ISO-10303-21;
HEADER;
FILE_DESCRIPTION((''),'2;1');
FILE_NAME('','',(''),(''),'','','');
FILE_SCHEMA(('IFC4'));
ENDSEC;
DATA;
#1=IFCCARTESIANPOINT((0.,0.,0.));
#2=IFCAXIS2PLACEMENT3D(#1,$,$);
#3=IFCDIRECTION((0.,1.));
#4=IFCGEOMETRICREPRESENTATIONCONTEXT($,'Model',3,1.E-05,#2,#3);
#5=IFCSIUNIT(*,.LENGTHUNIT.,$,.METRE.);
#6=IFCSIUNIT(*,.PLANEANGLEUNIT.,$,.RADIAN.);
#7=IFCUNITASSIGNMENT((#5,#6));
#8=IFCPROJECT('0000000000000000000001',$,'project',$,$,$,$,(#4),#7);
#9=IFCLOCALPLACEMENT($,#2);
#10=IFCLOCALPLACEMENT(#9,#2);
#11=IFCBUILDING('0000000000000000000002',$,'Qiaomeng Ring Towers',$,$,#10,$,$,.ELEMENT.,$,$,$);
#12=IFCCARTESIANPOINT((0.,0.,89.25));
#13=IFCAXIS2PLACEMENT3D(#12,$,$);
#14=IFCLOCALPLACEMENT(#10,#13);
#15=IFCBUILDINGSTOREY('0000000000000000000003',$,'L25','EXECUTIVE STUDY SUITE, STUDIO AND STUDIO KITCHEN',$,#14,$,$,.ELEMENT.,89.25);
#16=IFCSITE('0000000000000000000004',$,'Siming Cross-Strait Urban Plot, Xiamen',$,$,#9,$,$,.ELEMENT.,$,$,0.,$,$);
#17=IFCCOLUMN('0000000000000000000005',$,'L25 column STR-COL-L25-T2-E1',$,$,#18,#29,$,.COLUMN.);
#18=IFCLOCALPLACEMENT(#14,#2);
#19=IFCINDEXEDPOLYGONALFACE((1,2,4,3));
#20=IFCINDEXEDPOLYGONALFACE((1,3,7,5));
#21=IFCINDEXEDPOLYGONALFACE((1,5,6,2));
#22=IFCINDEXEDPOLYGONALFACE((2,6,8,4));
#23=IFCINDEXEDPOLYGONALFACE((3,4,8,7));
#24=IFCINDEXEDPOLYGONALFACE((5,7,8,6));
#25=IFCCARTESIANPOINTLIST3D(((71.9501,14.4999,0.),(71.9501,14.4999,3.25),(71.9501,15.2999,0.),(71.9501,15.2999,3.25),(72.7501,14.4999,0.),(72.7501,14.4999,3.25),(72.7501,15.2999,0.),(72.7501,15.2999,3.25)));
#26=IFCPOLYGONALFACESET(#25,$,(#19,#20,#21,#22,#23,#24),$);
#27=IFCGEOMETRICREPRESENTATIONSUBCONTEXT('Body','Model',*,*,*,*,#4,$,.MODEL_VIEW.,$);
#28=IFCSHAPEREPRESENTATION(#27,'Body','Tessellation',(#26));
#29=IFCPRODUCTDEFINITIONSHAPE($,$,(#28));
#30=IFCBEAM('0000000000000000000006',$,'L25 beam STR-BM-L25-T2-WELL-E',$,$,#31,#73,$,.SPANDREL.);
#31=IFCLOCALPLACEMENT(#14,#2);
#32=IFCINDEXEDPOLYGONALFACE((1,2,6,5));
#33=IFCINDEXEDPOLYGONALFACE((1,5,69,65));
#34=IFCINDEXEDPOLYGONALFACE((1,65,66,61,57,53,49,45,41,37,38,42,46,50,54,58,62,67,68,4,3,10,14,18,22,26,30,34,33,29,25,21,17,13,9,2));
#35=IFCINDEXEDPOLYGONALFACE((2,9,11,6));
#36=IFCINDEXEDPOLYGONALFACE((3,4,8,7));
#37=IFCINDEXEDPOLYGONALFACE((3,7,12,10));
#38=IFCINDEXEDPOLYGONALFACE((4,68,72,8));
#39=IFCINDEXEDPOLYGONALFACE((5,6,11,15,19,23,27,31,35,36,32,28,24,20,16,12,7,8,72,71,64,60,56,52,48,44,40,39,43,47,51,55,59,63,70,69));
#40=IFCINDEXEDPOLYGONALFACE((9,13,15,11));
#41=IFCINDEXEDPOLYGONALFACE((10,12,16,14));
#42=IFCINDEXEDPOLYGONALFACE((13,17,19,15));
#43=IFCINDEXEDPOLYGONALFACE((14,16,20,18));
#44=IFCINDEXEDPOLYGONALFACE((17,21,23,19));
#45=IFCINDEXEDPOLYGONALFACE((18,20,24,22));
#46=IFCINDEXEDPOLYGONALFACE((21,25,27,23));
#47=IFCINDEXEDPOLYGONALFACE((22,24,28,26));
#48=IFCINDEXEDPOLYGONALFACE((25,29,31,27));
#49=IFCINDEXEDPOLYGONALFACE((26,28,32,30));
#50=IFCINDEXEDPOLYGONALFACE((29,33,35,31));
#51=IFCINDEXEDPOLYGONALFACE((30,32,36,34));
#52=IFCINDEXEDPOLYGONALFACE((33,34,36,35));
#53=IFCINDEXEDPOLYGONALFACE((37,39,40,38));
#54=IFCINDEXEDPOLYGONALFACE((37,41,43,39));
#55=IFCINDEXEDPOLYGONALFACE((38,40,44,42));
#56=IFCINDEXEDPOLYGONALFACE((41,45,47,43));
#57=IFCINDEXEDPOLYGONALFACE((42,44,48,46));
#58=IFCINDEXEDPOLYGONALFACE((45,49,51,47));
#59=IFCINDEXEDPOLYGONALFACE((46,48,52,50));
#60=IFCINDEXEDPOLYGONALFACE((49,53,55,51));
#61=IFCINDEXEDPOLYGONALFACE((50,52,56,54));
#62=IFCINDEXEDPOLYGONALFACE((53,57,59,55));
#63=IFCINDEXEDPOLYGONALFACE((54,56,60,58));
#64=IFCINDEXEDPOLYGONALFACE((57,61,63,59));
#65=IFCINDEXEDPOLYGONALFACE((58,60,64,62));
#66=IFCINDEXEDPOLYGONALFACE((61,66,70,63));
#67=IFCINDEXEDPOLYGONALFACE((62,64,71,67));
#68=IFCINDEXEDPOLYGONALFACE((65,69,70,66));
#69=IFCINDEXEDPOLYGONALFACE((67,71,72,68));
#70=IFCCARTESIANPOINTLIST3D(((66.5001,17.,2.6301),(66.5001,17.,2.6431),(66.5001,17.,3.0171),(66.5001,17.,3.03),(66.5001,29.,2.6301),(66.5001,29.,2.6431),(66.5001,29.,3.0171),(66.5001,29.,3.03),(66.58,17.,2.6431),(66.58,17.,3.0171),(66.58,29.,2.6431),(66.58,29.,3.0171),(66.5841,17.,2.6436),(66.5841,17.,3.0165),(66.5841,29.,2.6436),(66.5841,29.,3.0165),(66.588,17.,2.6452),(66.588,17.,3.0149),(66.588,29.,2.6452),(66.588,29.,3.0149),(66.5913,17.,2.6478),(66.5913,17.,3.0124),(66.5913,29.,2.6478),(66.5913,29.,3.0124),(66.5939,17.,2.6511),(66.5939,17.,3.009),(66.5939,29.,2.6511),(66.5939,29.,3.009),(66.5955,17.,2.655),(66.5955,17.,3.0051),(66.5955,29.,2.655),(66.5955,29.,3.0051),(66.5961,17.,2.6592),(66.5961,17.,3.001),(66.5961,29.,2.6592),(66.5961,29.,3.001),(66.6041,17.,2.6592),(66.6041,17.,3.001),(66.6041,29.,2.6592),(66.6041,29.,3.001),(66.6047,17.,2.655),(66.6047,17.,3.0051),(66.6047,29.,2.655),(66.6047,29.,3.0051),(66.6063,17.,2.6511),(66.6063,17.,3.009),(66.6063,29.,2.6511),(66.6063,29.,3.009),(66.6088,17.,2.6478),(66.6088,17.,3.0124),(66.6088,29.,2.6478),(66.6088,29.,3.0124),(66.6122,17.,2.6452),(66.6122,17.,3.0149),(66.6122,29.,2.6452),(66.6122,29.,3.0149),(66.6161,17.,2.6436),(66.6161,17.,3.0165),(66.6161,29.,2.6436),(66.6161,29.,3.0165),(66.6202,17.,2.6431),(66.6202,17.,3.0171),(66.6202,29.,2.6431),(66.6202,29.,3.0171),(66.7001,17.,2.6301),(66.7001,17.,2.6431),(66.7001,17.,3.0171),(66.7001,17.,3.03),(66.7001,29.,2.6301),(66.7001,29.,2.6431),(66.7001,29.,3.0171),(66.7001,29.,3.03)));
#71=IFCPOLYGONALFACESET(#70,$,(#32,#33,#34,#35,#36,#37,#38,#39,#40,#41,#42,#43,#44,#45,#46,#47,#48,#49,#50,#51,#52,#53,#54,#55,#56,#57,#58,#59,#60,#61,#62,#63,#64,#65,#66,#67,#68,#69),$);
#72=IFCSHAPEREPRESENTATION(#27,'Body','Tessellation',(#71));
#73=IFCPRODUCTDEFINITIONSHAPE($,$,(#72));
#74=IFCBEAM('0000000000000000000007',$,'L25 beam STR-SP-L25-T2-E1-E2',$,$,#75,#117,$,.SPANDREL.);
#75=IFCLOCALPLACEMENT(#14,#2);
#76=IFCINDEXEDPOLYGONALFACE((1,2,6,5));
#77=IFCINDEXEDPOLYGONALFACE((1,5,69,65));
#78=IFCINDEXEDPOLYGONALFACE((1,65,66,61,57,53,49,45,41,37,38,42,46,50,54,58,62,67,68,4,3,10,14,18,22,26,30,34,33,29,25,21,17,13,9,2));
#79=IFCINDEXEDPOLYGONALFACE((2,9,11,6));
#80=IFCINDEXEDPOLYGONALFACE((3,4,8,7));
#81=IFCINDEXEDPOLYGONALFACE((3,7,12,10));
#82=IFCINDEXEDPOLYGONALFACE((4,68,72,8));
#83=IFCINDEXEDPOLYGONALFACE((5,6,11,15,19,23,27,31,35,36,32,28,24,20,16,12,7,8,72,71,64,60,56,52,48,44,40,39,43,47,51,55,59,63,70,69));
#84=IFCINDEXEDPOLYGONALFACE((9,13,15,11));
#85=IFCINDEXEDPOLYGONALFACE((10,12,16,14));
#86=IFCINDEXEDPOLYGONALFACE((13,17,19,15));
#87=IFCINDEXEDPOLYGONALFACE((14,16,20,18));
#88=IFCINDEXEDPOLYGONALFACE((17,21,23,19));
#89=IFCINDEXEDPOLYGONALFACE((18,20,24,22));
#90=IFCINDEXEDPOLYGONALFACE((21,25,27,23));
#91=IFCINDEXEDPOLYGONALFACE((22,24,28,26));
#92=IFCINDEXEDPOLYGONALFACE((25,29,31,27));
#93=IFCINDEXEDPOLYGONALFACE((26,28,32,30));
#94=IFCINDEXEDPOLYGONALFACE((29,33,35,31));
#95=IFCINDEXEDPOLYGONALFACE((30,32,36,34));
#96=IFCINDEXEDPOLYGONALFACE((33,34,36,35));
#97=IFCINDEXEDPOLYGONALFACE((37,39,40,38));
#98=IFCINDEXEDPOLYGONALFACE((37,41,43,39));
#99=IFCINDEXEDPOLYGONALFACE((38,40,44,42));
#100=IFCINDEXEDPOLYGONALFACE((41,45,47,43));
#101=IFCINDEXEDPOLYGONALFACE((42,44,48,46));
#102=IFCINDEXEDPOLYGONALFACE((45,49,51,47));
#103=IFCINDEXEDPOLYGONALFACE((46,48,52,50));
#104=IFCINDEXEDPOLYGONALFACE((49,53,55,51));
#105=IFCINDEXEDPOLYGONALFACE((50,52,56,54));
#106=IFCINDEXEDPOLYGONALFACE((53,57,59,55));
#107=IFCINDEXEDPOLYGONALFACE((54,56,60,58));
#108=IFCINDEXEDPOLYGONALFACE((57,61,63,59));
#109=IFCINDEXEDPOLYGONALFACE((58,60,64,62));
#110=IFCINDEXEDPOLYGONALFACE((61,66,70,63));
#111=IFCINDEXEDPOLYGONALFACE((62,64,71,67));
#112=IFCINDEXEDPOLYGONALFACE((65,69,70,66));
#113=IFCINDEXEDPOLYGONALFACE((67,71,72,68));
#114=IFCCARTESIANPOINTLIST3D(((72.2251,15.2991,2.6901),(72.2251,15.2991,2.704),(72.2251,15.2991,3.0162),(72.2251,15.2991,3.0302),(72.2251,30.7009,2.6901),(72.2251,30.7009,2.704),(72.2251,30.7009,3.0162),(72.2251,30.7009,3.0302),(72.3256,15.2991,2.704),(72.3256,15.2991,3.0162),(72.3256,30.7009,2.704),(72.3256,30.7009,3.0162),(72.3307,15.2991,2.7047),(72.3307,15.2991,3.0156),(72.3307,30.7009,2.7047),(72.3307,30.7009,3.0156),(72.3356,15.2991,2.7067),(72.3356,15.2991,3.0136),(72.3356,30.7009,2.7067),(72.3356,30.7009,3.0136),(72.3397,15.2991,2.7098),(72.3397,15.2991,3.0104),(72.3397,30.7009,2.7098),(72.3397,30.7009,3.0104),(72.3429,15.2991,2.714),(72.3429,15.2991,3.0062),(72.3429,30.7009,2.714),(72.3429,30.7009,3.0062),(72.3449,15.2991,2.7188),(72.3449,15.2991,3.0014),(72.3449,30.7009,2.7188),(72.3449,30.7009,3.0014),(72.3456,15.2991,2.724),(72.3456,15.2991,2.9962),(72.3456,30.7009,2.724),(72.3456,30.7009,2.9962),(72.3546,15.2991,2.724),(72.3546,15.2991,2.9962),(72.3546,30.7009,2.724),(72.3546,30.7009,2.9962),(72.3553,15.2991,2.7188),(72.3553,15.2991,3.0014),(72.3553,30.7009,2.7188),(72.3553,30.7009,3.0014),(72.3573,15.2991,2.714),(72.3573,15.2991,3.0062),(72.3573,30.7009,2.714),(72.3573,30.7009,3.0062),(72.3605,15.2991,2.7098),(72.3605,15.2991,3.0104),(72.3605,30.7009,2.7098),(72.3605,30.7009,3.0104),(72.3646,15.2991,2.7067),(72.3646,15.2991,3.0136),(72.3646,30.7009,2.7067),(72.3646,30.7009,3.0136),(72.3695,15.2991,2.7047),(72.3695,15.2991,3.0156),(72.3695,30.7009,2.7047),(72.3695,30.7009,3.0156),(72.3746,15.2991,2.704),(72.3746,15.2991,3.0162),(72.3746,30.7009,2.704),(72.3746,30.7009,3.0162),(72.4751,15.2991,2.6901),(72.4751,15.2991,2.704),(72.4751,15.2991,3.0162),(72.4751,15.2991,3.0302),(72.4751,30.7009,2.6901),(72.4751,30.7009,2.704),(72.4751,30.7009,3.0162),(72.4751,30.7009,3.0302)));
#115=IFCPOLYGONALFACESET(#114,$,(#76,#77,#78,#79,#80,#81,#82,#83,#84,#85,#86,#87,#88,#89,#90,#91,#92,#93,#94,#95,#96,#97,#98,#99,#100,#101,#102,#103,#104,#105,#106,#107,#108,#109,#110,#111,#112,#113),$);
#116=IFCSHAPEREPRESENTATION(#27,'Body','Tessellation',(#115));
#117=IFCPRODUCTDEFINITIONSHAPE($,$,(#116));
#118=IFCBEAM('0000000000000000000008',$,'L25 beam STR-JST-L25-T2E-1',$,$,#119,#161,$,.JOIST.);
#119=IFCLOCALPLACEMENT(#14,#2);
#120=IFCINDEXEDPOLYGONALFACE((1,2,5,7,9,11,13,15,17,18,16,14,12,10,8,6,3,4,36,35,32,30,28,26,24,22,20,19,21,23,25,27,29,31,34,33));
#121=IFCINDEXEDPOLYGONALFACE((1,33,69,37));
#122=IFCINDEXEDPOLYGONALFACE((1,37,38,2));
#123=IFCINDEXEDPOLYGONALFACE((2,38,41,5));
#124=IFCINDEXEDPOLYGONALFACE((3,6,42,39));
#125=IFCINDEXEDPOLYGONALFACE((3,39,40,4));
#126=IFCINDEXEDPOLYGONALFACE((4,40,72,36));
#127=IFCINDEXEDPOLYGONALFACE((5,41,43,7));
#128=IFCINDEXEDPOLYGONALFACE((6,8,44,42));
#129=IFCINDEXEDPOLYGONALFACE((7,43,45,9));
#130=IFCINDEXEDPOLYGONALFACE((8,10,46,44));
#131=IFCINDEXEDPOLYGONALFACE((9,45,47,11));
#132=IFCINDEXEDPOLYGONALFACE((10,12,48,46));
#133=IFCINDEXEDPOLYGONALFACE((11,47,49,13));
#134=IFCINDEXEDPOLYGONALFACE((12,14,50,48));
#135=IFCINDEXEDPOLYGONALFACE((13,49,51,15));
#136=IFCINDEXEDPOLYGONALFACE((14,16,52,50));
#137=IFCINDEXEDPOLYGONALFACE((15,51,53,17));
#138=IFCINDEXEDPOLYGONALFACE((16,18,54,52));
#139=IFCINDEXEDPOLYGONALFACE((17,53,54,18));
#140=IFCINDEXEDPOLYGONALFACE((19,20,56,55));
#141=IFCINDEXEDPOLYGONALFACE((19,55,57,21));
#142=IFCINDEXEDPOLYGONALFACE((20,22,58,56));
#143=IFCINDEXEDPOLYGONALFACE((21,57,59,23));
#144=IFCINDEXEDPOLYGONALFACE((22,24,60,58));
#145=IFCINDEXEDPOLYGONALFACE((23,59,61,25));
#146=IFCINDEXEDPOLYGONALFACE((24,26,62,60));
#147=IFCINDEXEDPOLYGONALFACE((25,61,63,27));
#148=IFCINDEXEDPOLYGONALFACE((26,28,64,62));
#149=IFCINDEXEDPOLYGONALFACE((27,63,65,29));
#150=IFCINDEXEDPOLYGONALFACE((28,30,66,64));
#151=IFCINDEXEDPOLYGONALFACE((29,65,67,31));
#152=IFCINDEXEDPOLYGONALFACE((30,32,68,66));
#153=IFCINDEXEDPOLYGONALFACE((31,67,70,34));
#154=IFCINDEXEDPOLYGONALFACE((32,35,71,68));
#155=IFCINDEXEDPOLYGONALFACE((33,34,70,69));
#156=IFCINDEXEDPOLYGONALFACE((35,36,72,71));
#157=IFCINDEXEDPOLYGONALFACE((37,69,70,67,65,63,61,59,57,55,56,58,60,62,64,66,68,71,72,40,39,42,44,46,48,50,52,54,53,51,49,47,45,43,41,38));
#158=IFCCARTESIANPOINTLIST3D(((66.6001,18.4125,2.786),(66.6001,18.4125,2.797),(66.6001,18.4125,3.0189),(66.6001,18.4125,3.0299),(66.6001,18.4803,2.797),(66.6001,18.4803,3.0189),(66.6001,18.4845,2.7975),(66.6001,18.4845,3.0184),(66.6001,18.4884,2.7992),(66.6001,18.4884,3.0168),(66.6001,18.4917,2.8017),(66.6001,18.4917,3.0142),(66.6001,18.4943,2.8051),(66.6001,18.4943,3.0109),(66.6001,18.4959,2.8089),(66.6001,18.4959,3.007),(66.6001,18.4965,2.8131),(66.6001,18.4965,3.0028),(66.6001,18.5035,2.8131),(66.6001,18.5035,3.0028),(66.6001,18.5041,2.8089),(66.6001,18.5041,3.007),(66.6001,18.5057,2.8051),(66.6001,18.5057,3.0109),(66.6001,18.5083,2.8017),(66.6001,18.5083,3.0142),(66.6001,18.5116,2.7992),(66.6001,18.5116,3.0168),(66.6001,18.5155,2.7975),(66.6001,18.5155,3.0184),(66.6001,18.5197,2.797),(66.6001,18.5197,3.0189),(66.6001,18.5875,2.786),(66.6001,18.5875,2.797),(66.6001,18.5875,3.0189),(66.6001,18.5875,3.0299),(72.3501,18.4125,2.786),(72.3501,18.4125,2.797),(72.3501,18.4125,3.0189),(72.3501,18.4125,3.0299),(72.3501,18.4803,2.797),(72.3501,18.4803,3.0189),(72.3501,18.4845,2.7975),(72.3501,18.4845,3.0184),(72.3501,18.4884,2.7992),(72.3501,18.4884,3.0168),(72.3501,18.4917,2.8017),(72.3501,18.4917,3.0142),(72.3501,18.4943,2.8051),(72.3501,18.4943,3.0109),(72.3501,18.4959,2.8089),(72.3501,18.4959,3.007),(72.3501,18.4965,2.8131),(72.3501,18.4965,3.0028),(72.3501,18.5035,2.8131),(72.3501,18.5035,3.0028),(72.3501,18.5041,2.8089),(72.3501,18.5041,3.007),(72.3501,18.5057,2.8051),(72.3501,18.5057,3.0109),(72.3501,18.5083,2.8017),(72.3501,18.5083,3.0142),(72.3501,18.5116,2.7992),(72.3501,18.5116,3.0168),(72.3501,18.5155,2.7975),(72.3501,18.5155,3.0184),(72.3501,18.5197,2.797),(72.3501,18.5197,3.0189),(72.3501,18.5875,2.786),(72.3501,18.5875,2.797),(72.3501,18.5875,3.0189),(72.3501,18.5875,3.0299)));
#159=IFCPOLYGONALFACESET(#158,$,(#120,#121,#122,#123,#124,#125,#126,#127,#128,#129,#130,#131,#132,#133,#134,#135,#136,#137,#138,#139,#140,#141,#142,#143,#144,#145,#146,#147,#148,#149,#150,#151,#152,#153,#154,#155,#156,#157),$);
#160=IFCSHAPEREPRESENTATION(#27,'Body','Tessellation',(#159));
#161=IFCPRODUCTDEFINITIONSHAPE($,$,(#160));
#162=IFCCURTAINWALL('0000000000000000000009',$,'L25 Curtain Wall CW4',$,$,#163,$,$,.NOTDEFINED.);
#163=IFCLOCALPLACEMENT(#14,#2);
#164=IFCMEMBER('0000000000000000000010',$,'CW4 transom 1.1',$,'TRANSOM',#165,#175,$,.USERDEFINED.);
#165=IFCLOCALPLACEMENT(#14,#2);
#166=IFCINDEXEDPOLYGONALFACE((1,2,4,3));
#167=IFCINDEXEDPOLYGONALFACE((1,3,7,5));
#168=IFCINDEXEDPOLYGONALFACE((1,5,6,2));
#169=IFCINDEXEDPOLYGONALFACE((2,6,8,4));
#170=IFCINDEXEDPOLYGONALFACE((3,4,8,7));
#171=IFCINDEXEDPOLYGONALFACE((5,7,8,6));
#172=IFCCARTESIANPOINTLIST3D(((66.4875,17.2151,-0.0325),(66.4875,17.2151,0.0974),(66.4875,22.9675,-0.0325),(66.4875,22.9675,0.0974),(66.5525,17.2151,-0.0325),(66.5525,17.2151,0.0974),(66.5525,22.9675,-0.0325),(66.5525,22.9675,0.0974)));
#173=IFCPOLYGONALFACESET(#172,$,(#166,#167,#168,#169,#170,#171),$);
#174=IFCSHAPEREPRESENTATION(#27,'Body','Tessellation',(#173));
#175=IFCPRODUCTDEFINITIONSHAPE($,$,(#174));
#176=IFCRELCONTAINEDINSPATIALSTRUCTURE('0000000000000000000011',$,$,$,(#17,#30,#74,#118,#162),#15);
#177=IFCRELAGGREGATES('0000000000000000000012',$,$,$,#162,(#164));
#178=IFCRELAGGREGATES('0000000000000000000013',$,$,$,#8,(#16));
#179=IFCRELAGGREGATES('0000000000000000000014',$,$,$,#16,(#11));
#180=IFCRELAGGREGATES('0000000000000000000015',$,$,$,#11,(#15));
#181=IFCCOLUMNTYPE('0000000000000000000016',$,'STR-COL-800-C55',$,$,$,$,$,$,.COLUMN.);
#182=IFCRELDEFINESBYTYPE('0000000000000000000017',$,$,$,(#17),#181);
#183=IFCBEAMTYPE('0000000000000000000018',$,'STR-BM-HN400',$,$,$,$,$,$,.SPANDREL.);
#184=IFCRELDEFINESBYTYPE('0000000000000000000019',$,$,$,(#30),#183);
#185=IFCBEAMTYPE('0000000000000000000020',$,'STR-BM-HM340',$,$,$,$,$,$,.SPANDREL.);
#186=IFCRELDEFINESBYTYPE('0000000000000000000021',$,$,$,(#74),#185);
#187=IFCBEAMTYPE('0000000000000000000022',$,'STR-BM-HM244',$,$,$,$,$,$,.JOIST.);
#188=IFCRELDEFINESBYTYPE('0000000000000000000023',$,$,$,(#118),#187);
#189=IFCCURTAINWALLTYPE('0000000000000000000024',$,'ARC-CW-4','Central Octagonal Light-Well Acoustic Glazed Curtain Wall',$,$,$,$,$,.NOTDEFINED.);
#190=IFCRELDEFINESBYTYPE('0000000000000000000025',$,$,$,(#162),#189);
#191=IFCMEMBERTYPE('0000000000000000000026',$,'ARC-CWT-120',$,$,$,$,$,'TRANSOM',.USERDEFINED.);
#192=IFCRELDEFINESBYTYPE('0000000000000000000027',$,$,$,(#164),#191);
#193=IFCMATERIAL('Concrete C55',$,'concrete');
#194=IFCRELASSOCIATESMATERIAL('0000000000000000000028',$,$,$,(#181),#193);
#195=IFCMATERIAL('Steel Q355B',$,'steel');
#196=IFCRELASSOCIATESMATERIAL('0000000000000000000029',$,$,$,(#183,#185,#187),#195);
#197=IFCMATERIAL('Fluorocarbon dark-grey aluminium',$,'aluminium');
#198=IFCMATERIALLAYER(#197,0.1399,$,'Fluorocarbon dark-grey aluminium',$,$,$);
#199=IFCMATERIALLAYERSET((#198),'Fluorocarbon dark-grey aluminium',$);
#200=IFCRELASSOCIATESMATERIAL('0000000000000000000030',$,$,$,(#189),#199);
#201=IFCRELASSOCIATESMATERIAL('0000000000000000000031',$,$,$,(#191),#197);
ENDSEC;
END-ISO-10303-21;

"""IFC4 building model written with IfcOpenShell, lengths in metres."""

from ifc_helpers import new_model, si_unit, direction, frame, origin, origin_2d, place, context, subcontext, project, spatial, rectangle, i_section, extrude, source, transform, mapped, material, layer, layer_set, material_profile, profile_set, type_object, element, aggregate, save


model = new_model("IFC4")

# Units and contexts
model_context = context("Model", 3, precision=1e-05, world=origin(), true_north=direction((0.0, 1.0)))
body_context = subcontext(model_context, "Body", "Model", "MODEL_VIEW")
ifc_project = project(units=[si_unit("LENGTHUNIT", "METRE"), si_unit("PLANEANGLEUNIT", "RADIAN")], contexts=[model_context])

# Site, building, storey
site_placement = place(None, origin())
site = spatial("IfcSite", under=ifc_project, at=site_placement, Name="Siming Cross-Strait Urban Plot, Xiamen", CompositionType="ELEMENT", RefElevation=0.0)
building_placement = place(site_placement, origin())
building = spatial("IfcBuilding", under=site, at=building_placement, Name="Qiaomeng Ring Towers", CompositionType="ELEMENT")
storey_placement = place(building_placement, frame((0.0, 0.0, 89.25)))
storey = spatial("IfcBuildingStorey", under=building, at=storey_placement, Name="L25", Description="EXECUTIVE STUDY SUITE, STUDIO AND STUDIO KITCHEN", CompositionType="ELEMENT", Elevation=89.25)

# Column
ifc_material_1 = material(Name="Concrete C55", Category="concrete")
ifc_material_profile_1 = material_profile(ifc_material_1, rectangle(XDim=0.8, YDim=0.8, at=origin_2d()), Name="RC COL 800x800")
ifc_profile_set_1 = profile_set([ifc_material_profile_1], Name="Concrete C55")
column_type = type_object("IfcColumnType", Name="STR-COL-800-C55", PredefinedType="COLUMN", material=ifc_profile_set_1)
shared_shape_1 = source(origin(), body_context, "Body", "SweptSolid", [
    extrude(rectangle(XDim=0.8, YDim=0.8, at=origin_2d()), origin(), (0.0, 0.0, 1.0), 3.25),
])
column_placement = place(storey_placement, frame((72.3501, 14.8999, 0.0), z_axis=(0.0, 0.0, 1.0), x_axis=(1.0, 0.0, 0.0)))
element("IfcColumn", 1, at=column_placement, inside=storey, type_object=column_type, Name="L25 column STR-COL-L25-T2-E1", PredefinedType="COLUMN", context=body_context, shape_type="MappedRepresentation", body=[
    mapped(shared_shape_1, transform((0.0, 0.0, 0.0), x_axis=(1.0, 0.0, 0.0), y_axis=(0.0, 1.0, 0.0), z_axis=(0.0, 0.0, 1.0), scale=1.0)),
])

# Beams
ifc_material_2 = material(Name="Steel Q355B", Category="steel")
ifc_material_profile_2 = material_profile(ifc_material_2, i_section(OverallWidth=0.2, OverallDepth=0.3999, WebThickness=0.0081, FlangeThickness=0.0129, FilletRadius=0.0161, at=origin_2d()), Name="HN 400x200x8x13")
ifc_profile_set_2 = profile_set([ifc_material_profile_2], Name="Steel Q355B")
beam_type_1 = type_object("IfcBeamType", Name="STR-BM-HN400", PredefinedType="SPANDREL", material=ifc_profile_set_2)
shared_shape_2 = source(origin(), body_context, "Body", "SweptSolid", [
    extrude(i_section(OverallWidth=0.2, OverallDepth=0.3999, WebThickness=0.0081, FlangeThickness=0.0129, FilletRadius=0.0161, at=origin_2d()), origin(), (0.0, 0.0, 1.0), 12.0),
])
beam_1_placement = place(storey_placement, frame((66.6001, 17.0, 2.8301), z_axis=(0.0, 1.0, 0.0), x_axis=(-1.0, 0.0, 0.0)))
element("IfcBeam", 2, at=beam_1_placement, inside=storey, type_object=beam_type_1, Name="L25 beam STR-BM-L25-T2-WELL-E", PredefinedType="SPANDREL", context=body_context, shape_type="MappedRepresentation", body=[
    mapped(shared_shape_2, transform((0.0, 0.0, 0.0), x_axis=(1.0, 0.0, 0.0), y_axis=(0.0, 1.0, 0.0), z_axis=(0.0, 0.0, 1.0), scale=1.0)),
])
ifc_material_profile_3 = material_profile(ifc_material_2, i_section(OverallWidth=0.25, OverallDepth=0.3401, WebThickness=0.009, FlangeThickness=0.0139, FilletRadius=0.02, at=origin_2d()), Name="HM 340x250x9x14")
ifc_profile_set_3 = profile_set([ifc_material_profile_3], Name="Steel Q355B")
beam_type_2 = type_object("IfcBeamType", Name="STR-BM-HM340", PredefinedType="SPANDREL", material=ifc_profile_set_3)
shared_shape_3 = source(origin(), body_context, "Body", "SweptSolid", [
    extrude(i_section(OverallWidth=0.25, OverallDepth=0.3401, WebThickness=0.009, FlangeThickness=0.0139, FilletRadius=0.02, at=origin_2d()), origin(), (0.0, 0.0, 1.0), 15.4019),
])
beam_2_placement = place(storey_placement, frame((72.3501, 15.2991, 2.8601), z_axis=(0.0, 1.0, 0.0), x_axis=(-1.0, 0.0, 0.0)))
element("IfcBeam", 3, at=beam_2_placement, inside=storey, type_object=beam_type_2, Name="L25 beam STR-SP-L25-T2-E1-E2", PredefinedType="SPANDREL", context=body_context, shape_type="MappedRepresentation", body=[
    mapped(shared_shape_3, transform((0.0, 0.0, 0.0), x_axis=(1.0, 0.0, 0.0), y_axis=(0.0, 1.0, 0.0), z_axis=(0.0, 0.0, 1.0), scale=1.0)),
])
ifc_material_profile_4 = material_profile(ifc_material_2, i_section(OverallWidth=0.175, OverallDepth=0.2439, WebThickness=0.0071, FlangeThickness=0.011, FilletRadius=0.0161, at=origin_2d()), Name="HM 244x175x7x11")
ifc_profile_set_4 = profile_set([ifc_material_profile_4], Name="Steel Q355B")
beam_type_3 = type_object("IfcBeamType", Name="STR-BM-HM244", PredefinedType="JOIST", material=ifc_profile_set_4)
shared_shape_4 = source(origin(), body_context, "Body", "SweptSolid", [
    extrude(i_section(OverallWidth=0.175, OverallDepth=0.2439, WebThickness=0.0071, FlangeThickness=0.011, FilletRadius=0.0161, at=origin_2d()), origin(), (0.0, 0.0, 1.0), 5.75),
])
beam_3_placement = place(storey_placement, frame((66.6001, 18.5, 2.908), z_axis=(1.0, 0.0, 0.0), x_axis=(0.0, 1.0, 0.0)))
element("IfcBeam", 4, at=beam_3_placement, inside=storey, type_object=beam_type_3, Name="L25 beam STR-JST-L25-T2E-1", PredefinedType="JOIST", context=body_context, shape_type="MappedRepresentation", body=[
    mapped(shared_shape_4, transform((0.0, 0.0, 0.0), x_axis=(1.0, 0.0, 0.0), y_axis=(0.0, 1.0, 0.0), z_axis=(0.0, 0.0, 1.0), scale=1.0)),
])

# Curtain wall, member
ifc_material_3 = material(Name="Fluorocarbon dark-grey aluminium", Category="aluminium")
ifc_layer_1 = layer(ifc_material_3, 0.1399, Name="Fluorocarbon dark-grey aluminium")
ifc_layer_set_1 = layer_set([ifc_layer_1], Name="Fluorocarbon dark-grey aluminium")
curtain_wall_type = type_object("IfcCurtainWallType", Name="ARC-CW-4", Description="Central Octagonal Light-Well Acoustic Glazed Curtain Wall", PredefinedType="NOTDEFINED", material=ifc_layer_set_1)
curtain_wall_placement = place(storey_placement, origin())
curtain_wall = element("IfcCurtainWall", 5, at=curtain_wall_placement, inside=storey, type_object=curtain_wall_type, Name="L25 Curtain Wall CW4", PredefinedType="NOTDEFINED")
ifc_material_profile_5 = material_profile(ifc_material_3, rectangle(XDim=0.0649, YDim=0.1299, at=origin_2d()), Name="ALU TRAN 65x130")
ifc_profile_set_5 = profile_set([ifc_material_profile_5], Name="Fluorocarbon dark-grey aluminium")
member_type_1 = type_object("IfcMemberType", Name="ARC-CWT-120", ElementType="TRANSOM", PredefinedType="USERDEFINED", material=ifc_profile_set_5)
shared_shape_5 = source(origin(), body_context, "Body", "SweptSolid", [
    extrude(rectangle(XDim=0.0649, YDim=0.1299, at=origin_2d()), origin(), (0.0, 0.0, 1.0), 5.7524),
])
member_1_placement = place(storey_placement, frame((66.52, 17.2151, 0.0325), z_axis=(0.0, 1.0, 0.0), x_axis=(-1.0, 0.0, 0.0)))
member_1 = element("IfcMember", 6, at=member_1_placement, type_object=member_type_1, Name="CW4 transom 1.1", ObjectType="TRANSOM", PredefinedType="USERDEFINED", context=body_context, shape_type="MappedRepresentation", body=[
    mapped(shared_shape_5, transform((0.0, 0.0, 0.0), x_axis=(1.0, 0.0, 0.0), y_axis=(0.0, 1.0, 0.0), z_axis=(0.0, 0.0, 1.0), scale=1.0)),
])
aggregate(curtain_wall, [member_1])

save(model, "model.ifc")
